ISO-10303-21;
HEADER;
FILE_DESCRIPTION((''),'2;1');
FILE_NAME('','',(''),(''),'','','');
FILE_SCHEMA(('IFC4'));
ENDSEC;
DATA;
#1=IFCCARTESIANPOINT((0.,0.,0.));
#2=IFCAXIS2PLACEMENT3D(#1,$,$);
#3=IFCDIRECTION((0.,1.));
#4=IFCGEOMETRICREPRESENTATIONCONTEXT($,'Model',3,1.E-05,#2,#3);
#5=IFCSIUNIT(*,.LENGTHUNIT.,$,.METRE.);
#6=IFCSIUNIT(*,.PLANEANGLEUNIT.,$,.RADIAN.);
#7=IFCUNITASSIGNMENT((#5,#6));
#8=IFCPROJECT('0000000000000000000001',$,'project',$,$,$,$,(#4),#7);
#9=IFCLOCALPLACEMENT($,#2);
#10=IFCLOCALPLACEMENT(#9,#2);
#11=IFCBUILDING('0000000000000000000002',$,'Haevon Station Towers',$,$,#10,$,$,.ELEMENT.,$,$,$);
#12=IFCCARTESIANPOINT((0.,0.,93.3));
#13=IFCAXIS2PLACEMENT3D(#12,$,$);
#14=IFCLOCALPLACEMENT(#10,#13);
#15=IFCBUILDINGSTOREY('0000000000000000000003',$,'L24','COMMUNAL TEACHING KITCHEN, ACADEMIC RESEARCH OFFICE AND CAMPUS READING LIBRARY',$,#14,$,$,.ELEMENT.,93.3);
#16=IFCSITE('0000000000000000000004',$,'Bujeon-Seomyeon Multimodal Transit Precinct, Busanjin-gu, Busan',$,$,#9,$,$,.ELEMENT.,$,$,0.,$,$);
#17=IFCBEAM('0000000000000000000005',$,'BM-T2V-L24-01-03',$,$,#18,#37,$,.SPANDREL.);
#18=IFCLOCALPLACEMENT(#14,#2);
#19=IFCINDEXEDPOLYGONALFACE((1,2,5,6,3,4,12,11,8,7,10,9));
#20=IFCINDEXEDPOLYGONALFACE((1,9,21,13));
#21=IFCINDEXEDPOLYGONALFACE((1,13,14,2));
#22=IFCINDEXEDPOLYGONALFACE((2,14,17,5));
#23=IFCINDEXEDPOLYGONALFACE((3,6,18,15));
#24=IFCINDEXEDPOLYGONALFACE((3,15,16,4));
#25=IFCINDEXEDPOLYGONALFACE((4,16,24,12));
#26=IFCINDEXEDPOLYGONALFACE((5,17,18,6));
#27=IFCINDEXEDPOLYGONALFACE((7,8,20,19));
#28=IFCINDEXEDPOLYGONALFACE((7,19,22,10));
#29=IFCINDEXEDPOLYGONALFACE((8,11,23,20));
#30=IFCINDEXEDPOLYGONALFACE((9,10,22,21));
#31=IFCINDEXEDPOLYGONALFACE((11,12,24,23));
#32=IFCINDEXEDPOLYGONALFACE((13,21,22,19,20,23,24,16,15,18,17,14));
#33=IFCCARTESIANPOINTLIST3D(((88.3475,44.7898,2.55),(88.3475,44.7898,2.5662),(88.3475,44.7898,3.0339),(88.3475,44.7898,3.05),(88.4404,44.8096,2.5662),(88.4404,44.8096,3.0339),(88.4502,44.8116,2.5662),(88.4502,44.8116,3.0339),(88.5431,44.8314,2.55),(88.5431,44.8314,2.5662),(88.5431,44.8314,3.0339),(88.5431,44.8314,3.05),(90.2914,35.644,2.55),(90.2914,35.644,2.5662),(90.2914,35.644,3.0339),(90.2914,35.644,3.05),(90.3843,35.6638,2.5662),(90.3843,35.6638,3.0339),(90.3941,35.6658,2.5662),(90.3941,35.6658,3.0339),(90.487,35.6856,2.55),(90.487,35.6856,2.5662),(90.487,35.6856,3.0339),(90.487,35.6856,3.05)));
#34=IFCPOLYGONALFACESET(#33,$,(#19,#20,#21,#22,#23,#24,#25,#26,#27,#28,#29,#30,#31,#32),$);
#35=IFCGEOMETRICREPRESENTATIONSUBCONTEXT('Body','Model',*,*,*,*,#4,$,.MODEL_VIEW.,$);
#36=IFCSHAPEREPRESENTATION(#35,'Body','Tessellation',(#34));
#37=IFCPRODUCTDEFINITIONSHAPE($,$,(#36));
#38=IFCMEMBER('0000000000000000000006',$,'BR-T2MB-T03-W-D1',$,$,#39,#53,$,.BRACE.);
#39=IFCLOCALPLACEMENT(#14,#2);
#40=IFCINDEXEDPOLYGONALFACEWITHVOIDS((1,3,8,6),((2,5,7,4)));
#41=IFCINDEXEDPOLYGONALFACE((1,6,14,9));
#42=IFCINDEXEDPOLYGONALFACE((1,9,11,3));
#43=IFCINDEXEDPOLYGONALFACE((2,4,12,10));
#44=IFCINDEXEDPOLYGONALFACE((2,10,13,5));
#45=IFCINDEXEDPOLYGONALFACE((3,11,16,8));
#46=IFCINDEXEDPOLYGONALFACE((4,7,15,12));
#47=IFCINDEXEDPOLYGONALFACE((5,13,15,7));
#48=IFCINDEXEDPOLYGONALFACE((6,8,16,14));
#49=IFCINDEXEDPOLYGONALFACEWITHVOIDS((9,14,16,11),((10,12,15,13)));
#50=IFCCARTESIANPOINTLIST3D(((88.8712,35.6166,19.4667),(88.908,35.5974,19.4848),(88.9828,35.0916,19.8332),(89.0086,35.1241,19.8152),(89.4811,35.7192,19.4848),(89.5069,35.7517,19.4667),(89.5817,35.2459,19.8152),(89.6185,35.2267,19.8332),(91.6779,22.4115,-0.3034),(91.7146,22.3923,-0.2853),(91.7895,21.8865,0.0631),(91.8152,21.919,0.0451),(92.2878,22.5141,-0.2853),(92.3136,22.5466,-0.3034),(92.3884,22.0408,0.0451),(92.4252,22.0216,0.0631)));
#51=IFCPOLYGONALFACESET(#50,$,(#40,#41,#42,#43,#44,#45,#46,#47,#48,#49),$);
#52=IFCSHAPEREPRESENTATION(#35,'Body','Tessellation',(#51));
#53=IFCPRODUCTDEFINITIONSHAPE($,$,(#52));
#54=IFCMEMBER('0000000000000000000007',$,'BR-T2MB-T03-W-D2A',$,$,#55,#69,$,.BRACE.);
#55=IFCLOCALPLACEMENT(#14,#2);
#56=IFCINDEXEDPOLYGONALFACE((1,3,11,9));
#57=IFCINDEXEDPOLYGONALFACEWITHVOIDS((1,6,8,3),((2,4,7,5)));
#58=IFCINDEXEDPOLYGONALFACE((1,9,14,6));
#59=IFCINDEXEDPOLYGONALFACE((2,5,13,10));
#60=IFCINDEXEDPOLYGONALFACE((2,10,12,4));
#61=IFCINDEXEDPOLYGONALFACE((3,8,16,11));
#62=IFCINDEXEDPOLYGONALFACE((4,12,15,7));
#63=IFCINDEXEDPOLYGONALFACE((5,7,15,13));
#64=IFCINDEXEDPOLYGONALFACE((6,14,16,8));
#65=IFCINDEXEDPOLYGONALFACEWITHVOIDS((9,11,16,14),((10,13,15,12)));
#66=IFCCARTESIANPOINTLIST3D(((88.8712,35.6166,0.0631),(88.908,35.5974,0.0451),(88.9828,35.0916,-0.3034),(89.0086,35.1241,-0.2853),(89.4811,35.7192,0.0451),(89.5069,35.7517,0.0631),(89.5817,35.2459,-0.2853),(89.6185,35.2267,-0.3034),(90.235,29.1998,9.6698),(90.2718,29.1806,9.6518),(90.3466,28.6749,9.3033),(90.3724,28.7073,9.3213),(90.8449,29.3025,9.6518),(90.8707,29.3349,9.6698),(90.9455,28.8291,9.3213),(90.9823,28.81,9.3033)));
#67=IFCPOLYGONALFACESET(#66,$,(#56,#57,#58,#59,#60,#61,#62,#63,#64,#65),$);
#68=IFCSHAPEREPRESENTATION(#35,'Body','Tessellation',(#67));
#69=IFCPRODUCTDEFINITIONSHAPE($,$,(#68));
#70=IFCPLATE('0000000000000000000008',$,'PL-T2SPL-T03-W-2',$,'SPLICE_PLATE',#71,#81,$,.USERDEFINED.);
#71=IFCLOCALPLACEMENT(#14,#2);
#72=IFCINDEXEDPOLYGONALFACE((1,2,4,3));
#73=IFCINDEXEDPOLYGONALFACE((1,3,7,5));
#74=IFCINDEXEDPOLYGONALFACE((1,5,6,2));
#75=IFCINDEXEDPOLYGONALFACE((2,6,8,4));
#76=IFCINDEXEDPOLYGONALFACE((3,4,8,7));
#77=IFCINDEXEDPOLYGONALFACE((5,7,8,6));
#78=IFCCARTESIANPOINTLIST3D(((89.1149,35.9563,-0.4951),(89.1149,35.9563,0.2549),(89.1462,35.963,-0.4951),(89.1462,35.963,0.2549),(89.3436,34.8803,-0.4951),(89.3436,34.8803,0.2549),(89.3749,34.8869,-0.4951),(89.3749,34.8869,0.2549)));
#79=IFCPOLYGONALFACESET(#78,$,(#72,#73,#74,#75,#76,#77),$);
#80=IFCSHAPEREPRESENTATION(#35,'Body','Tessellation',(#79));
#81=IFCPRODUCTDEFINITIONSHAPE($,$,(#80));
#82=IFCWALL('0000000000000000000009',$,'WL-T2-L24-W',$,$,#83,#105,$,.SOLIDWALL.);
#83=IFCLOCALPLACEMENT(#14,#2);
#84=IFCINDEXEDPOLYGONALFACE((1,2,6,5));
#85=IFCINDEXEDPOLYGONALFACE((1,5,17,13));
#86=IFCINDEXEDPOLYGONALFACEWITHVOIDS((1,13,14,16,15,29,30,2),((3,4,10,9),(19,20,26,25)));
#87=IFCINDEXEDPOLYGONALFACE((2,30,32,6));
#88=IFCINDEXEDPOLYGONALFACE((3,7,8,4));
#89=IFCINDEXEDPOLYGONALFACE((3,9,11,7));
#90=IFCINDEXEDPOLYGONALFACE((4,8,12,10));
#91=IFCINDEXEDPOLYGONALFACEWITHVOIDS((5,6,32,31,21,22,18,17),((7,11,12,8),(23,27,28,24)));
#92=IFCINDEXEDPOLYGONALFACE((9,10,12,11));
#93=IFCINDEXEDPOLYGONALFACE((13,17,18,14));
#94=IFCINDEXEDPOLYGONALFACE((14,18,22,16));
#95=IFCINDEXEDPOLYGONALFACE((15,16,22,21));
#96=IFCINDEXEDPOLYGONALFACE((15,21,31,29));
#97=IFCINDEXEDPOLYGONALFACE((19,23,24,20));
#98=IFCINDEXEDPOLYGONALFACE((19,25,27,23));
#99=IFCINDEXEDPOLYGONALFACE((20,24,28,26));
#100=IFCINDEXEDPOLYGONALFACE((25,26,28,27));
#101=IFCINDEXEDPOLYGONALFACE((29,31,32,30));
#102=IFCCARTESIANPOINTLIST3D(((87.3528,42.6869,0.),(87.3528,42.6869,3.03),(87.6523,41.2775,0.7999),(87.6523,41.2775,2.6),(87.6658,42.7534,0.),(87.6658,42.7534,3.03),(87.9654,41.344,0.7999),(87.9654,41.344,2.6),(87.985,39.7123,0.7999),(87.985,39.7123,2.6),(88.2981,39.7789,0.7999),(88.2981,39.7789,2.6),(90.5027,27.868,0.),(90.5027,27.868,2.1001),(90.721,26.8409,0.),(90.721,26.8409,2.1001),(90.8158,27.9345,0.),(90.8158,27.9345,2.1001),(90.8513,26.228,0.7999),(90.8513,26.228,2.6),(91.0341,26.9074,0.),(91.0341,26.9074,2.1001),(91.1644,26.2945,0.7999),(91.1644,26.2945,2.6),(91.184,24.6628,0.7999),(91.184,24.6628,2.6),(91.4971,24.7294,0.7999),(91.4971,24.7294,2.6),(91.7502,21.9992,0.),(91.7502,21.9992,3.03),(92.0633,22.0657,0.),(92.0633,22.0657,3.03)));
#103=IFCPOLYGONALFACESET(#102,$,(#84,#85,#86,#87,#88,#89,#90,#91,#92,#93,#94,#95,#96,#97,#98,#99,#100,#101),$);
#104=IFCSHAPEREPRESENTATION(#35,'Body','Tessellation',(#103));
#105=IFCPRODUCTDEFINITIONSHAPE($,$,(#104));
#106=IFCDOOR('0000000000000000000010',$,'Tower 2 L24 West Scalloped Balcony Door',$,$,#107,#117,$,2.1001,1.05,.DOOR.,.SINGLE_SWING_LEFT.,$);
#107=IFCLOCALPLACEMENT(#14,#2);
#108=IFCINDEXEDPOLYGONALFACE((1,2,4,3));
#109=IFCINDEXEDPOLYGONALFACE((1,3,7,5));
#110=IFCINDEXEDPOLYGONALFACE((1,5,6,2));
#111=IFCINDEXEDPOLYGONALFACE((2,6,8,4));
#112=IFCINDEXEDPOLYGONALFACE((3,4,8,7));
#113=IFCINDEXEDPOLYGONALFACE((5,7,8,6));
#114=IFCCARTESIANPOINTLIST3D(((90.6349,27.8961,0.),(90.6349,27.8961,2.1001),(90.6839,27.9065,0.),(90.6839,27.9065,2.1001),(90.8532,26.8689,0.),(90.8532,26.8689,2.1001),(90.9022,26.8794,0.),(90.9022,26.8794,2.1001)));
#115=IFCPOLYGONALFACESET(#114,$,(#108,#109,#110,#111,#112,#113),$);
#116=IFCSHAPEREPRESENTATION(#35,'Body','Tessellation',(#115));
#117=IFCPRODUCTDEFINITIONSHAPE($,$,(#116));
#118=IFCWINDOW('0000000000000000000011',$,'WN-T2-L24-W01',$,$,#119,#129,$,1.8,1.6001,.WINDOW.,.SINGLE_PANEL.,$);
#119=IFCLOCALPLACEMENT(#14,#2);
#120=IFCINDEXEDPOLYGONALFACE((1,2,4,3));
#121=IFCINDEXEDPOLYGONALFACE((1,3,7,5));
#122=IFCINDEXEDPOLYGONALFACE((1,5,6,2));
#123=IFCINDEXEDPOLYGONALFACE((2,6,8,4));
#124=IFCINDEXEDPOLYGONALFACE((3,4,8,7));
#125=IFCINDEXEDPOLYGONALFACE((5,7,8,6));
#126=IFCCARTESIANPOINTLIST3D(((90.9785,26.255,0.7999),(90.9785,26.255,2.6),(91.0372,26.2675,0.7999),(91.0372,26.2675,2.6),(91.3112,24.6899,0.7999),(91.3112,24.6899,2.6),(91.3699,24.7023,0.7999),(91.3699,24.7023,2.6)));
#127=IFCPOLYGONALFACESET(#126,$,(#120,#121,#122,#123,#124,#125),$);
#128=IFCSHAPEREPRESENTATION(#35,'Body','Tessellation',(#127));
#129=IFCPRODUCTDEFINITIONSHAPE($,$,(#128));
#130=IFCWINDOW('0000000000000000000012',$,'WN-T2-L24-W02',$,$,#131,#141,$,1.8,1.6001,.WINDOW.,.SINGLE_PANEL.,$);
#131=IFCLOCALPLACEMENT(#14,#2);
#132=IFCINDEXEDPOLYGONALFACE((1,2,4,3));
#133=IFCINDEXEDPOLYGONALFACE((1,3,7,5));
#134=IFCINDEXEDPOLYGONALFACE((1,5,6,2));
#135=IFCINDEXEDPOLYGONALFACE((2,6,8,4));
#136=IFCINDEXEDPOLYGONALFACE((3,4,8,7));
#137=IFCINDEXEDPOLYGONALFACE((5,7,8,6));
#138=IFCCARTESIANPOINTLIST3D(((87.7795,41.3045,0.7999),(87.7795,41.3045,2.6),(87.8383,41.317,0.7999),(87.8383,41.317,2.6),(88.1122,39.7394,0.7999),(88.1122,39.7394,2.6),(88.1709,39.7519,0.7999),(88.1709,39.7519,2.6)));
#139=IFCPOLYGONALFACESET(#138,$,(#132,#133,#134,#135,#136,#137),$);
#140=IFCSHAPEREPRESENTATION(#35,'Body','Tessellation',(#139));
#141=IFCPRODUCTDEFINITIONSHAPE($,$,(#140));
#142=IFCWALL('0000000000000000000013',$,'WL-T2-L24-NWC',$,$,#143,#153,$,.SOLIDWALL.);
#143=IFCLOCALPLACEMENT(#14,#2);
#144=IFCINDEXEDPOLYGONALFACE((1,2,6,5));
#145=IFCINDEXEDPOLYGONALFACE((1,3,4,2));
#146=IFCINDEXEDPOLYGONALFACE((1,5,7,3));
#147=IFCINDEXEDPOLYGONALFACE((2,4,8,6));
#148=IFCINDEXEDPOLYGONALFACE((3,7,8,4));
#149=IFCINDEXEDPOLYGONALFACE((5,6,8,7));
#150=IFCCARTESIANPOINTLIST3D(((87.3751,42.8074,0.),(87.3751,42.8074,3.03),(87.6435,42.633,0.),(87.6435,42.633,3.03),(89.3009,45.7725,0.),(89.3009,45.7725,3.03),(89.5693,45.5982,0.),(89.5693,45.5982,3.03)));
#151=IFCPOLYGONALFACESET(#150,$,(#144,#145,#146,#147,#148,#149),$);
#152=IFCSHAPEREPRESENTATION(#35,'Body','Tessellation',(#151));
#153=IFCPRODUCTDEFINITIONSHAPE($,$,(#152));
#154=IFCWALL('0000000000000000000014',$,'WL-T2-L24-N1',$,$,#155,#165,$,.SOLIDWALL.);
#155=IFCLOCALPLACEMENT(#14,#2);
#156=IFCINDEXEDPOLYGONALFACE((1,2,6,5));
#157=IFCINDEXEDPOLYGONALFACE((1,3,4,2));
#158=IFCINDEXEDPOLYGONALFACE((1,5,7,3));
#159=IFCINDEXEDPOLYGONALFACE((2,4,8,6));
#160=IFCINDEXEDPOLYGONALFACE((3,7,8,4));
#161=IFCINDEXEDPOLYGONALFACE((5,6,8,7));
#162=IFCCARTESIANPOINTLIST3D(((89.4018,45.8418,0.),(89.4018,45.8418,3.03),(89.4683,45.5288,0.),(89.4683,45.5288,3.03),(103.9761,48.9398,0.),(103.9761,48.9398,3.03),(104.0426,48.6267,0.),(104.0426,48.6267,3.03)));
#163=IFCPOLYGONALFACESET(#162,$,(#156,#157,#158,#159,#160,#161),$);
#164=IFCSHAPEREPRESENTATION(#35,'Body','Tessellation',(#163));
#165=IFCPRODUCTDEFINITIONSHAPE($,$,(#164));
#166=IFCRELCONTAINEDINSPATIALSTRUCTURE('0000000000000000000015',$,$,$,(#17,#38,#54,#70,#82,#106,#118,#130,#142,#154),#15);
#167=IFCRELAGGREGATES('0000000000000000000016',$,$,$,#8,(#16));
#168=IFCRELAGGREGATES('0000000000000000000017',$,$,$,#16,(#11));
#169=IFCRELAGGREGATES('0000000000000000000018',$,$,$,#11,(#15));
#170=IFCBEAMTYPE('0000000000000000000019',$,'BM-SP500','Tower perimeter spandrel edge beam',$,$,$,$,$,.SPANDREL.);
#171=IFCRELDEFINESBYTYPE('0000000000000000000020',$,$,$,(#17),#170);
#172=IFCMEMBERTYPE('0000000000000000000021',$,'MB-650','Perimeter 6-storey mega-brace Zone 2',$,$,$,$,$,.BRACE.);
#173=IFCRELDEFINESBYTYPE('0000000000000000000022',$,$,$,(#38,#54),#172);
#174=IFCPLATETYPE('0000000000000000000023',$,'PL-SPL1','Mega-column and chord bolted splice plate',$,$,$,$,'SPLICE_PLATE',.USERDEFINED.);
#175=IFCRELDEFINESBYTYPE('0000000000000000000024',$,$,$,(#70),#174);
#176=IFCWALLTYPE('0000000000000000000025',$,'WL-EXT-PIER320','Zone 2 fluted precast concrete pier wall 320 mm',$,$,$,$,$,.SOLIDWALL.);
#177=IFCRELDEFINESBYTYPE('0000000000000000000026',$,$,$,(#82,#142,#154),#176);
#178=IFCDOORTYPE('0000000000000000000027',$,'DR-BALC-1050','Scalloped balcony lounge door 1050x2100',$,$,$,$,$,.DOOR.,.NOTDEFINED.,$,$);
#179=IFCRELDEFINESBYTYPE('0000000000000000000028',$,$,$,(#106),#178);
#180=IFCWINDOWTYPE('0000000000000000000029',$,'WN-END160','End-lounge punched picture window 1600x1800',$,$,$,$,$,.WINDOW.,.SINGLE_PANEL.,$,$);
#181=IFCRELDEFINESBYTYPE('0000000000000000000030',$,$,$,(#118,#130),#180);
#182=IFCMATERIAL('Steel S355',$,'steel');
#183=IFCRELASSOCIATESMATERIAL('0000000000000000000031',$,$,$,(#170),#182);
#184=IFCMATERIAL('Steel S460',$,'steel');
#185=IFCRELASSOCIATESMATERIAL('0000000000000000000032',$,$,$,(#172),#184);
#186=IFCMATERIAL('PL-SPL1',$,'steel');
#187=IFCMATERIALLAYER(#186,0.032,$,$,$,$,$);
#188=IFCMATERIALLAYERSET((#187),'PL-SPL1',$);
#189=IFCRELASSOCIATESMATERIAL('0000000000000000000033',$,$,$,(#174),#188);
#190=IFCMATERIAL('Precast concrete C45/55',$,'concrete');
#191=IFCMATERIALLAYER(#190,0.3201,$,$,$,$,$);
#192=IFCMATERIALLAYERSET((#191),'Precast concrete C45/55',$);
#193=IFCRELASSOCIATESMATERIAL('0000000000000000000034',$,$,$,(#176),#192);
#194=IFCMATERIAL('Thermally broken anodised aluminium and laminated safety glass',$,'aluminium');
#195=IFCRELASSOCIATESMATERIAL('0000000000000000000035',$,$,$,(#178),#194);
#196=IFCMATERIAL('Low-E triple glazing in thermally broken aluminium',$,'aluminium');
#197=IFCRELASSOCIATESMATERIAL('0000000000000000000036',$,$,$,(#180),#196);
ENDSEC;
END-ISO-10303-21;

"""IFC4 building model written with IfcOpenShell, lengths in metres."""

from ifc_helpers import new_model, si_unit, direction, frame, frame_2d, origin, origin_2d, place, context, subcontext, project, spatial, rectangle, hollow_rectangle, i_section, extrude, material, layer, layer_set, material_profile, profile_set, type_object, element, fill, save


model = new_model("IFC4")

# Units and contexts
model_context = context("Model", 3, precision=1e-05, world=origin(), true_north=direction((0.0, 1.0)))
body_context = subcontext(model_context, "Body", "Model", "MODEL_VIEW")
ifc_project = project(units=[si_unit("LENGTHUNIT", "METRE"), si_unit("PLANEANGLEUNIT", "RADIAN")], contexts=[model_context])

# Site, building, storey
site_placement = place(None, origin())
site = spatial("IfcSite", under=ifc_project, at=site_placement, Name="Bujeon-Seomyeon Multimodal Transit Precinct, Busanjin-gu, Busan", CompositionType="ELEMENT", RefElevation=0.0)
building_placement = place(site_placement, origin())
building = spatial("IfcBuilding", under=site, at=building_placement, Name="Haevon Station Towers", CompositionType="ELEMENT")
storey_placement = place(building_placement, frame((0.0, 0.0, 93.3)))
storey = spatial("IfcBuildingStorey", under=building, at=storey_placement, Name="L24", Description="COMMUNAL TEACHING KITCHEN, ACADEMIC RESEARCH OFFICE AND CAMPUS READING LIBRARY", CompositionType="ELEMENT", Elevation=93.3)

# Shared definitions
ifc_material_1 = material(Name="Steel S460", Category="steel")

# Beam
ifc_material_2 = material(Name="Steel S355", Category="steel")
ifc_material_profile_1 = material_profile(ifc_material_2, i_section(OverallWidth=0.2, OverallDepth=0.5, WebThickness=0.01, FlangeThickness=0.0161, at=origin_2d()), Name="H-500x200x10x16")
ifc_profile_set_1 = profile_set([ifc_material_profile_1], Name="Steel S355")
beam_type_1 = type_object("IfcBeamType", Name="BM-SP500", Description="Tower perimeter spandrel edge beam", PredefinedType="SPANDREL", material=ifc_profile_set_1)
beam_1_placement = place(storey_placement, frame((90.3892, 35.6648, 2.8), z_axis=(-0.207897, 0.978151, 0.0), x_axis=(-0.978151, -0.207897, 0.0)))
element("IfcBeam", 1, at=beam_1_placement, inside=storey, type_object=beam_type_1, Name="BM-T2V-L24-01-03", PredefinedType="SPANDREL", context=body_context, shape_type="SweptSolid", body=[
    extrude(i_section(OverallWidth=0.2, OverallDepth=0.5, WebThickness=0.01, FlangeThickness=0.0161, at=origin_2d()), origin(), (0.0, 0.0, 1.0), 9.3501),
])

# Members
ifc_material_profile_2 = material_profile(ifc_material_1, hollow_rectangle(XDim=0.6499, YDim=0.6499, WallThickness=0.032, at=origin_2d()), Name="RHS-650x650x32")
ifc_profile_set_2 = profile_set([ifc_material_profile_2], Name="Steel S460")
member_type = type_object("IfcMemberType", Name="MB-650", Description="Perimeter 6-storey mega-brace Zone 2", PredefinedType="BRACE", material=ifc_profile_set_2)
member_1_placement = place(storey_placement, frame((92.0515, 22.2166, -0.1201), z_axis=(-0.117238, 0.5516, 0.825829), x_axis=(-0.97815, -0.207899, 0.0)))
element("IfcMember", 2, at=member_1_placement, inside=storey, type_object=member_type, Name="BR-T2MB-T03-W-D1", PredefinedType="BRACE", context=body_context, shape_type="SweptSolid", body=[
    extrude(hollow_rectangle(XDim=0.6499, YDim=0.6499, WallThickness=0.032, at=origin_2d()), origin(), (0.0, 0.0, 1.0), 23.9397),
])
member_2_placement = place(storey_placement, frame((89.2449, 35.4216, -0.1201), z_axis=(0.117234, -0.551606, 0.825825), x_axis=(0.978152, 0.207889, 0.0)))
element("IfcMember", 3, at=member_2_placement, inside=storey, type_object=member_type, Name="BR-T2MB-T03-W-D2A", PredefinedType="BRACE", context=body_context, shape_type="SweptSolid", body=[
    extrude(hollow_rectangle(XDim=0.6499, YDim=0.6499, WallThickness=0.032, at=origin_2d()), origin(), (0.0, 0.0, 1.0), 11.6328),
])

# Plate
ifc_material_3 = material(Name="PL-SPL1", Category="steel")
ifc_layer_1 = layer(ifc_material_3, 0.032)
ifc_layer_set_1 = layer_set([ifc_layer_1], Name="PL-SPL1")
plate_type = type_object("IfcPlateType", Name="PL-SPL1", Description="Mega-column and chord bolted splice plate", ElementType="SPLICE_PLATE", PredefinedType="USERDEFINED", material=ifc_layer_set_1)
plate_placement = place(storey_placement, frame((89.2449, 35.4216, -0.4951), z_axis=(0.0, 0.0, 1.0), x_axis=(-0.207912, 0.978148, 0.0)))
element("IfcPlate", 4, at=plate_placement, inside=storey, type_object=plate_type, Name="PL-T2SPL-T03-W-2", ObjectType="SPLICE_PLATE", PredefinedType="USERDEFINED", context=body_context, shape_type="SweptSolid", body=[
    extrude(rectangle(XDim=1.1001, YDim=0.032, at=origin_2d()), origin(), (0.0, 0.0, 1.0), 0.75),
])

# Wall, openings, door, windows
ifc_material_4 = material(Name="Precast concrete C45/55", Category="concrete")
ifc_layer_2 = layer(ifc_material_4, 0.3201)
ifc_layer_set_2 = layer_set([ifc_layer_2], Name="Precast concrete C45/55")
wall_type = type_object("IfcWallType", Name="WL-EXT-PIER320", Description="Zone 2 fluted precast concrete pier wall 320 mm", PredefinedType="SOLIDWALL", material=ifc_layer_set_2)
wall_1_placement = place(storey_placement, frame((91.9067, 22.0325, 0.0), z_axis=(0.0, 0.0, 1.0), x_axis=(-0.207918, 0.978146, 0.0)))
wall_1 = element("IfcWall", 5, at=wall_1_placement, inside=storey, type_object=wall_type, Name="WL-T2-L24-W", PredefinedType="SOLIDWALL", context=body_context, shape_type="SweptSolid", body=[
    extrude(rectangle(XDim=21.1499, YDim=0.3201, at=frame_2d((10.575, 0.0))), origin(), (0.0, 0.0, 1.0), 3.03),
])
opening_1_placement = place(wall_1_placement, frame((4.95, 0.0, 0.0)))
opening_1 = element("IfcOpeningElement", 6, at=opening_1_placement, cuts=wall_1, PredefinedType="OPENING", context=body_context, shape_type="SweptSolid", body=[
    extrude(rectangle(XDim=1.05, YDim=2.1001, at=frame_2d((0.5249, 1.05))), frame((0.0, 0.1699, 0.0), z_axis=(0.0, -1.0, 0.0), x_axis=(1.0, 0.0, 0.0)), (0.0, 0.0, 1.0), 0.3401),
])
opening_2_placement = place(wall_1_placement, frame((2.7231, 0.0, 0.8)))
opening_2 = element("IfcOpeningElement", 7, at=opening_2_placement, cuts=wall_1, PredefinedType="OPENING", context=body_context, shape_type="SweptSolid", body=[
    extrude(rectangle(XDim=1.6001, YDim=1.8, at=frame_2d((0.8, 0.8999))), frame((0.0, 0.1699, 0.0), z_axis=(0.0, -1.0, 0.0), x_axis=(1.0, 0.0, 0.0)), (0.0, 0.0, 1.0), 0.3401),
])
opening_3_placement = place(wall_1_placement, frame((18.1089, 0.0, 0.8)))
opening_3 = element("IfcOpeningElement", 8, at=opening_3_placement, cuts=wall_1, PredefinedType="OPENING", context=body_context, shape_type="SweptSolid", body=[
    extrude(rectangle(XDim=1.6001, YDim=1.8, at=frame_2d((0.8, 0.8999))), frame((0.0, 0.1699, 0.0), z_axis=(0.0, -1.0, 0.0), x_axis=(1.0, 0.0, 0.0)), (0.0, 0.0, 1.0), 0.3401),
])
ifc_material_5 = material(Name="Thermally broken anodised aluminium and laminated safety glass", Category="aluminium")
door_type = type_object("IfcDoorType", Name="DR-BALC-1050", Description="Scalloped balcony lounge door 1050x2100", OperationType="NOTDEFINED", PredefinedType="DOOR", material=ifc_material_5)
door_placement = place(opening_1_placement, origin())
door = element("IfcDoor", 9, at=door_placement, inside=storey, type_object=door_type, Name="Tower 2 L24 West Scalloped Balcony Door", OperationType="SINGLE_SWING_LEFT", OverallHeight=2.1001, OverallWidth=1.05, PredefinedType="DOOR", context=body_context, shape_type="SweptSolid", body=[
    extrude(rectangle(XDim=1.05, YDim=2.1001, at=frame_2d((0.5249, 1.05))), frame((0.0, 0.0249, 0.0), z_axis=(0.0, -1.0, 0.0), x_axis=(1.0, 0.0, 0.0)), (0.0, 0.0, 1.0), 0.05),
])
fill(opening_1, door)
ifc_material_6 = material(Name="Low-E triple glazing in thermally broken aluminium", Category="aluminium")
window_type = type_object("IfcWindowType", Name="WN-END160", Description="End-lounge punched picture window 1600x1800", PartitioningType="SINGLE_PANEL", PredefinedType="WINDOW", material=ifc_material_6)
window_1_placement = place(opening_2_placement, origin())
window_1 = element("IfcWindow", 10, at=window_1_placement, inside=storey, type_object=window_type, Name="WN-T2-L24-W01", OverallHeight=1.8, OverallWidth=1.6001, PartitioningType="SINGLE_PANEL", PredefinedType="WINDOW", context=body_context, shape_type="SweptSolid", body=[
    extrude(rectangle(XDim=1.6001, YDim=1.8, at=frame_2d((0.8, 0.8999))), frame((0.0, 0.03, 0.0), z_axis=(0.0, -1.0, 0.0), x_axis=(1.0, 0.0, 0.0)), (0.0, 0.0, 1.0), 0.0601),
])
fill(opening_2, window_1)
window_2_placement = place(opening_3_placement, origin())
window_2 = element("IfcWindow", 11, at=window_2_placement, inside=storey, type_object=window_type, Name="WN-T2-L24-W02", OverallHeight=1.8, OverallWidth=1.6001, PartitioningType="SINGLE_PANEL", PredefinedType="WINDOW", context=body_context, shape_type="SweptSolid", body=[
    extrude(rectangle(XDim=1.6001, YDim=1.8, at=frame_2d((0.8, 0.8999))), frame((0.0, 0.03, 0.0), z_axis=(0.0, -1.0, 0.0), x_axis=(1.0, 0.0, 0.0)), (0.0, 0.0, 1.0), 0.0601),
])
fill(opening_3, window_2)

# Walls
wall_2_placement = place(storey_placement, frame((87.5093, 42.7202, 0.0), z_axis=(0.0, 0.0, 1.0), x_axis=(0.544685, 0.838641, 0.0)))
element("IfcWall", 12, at=wall_2_placement, inside=storey, type_object=wall_type, Name="WL-T2-L24-NWC", PredefinedType="SOLIDWALL", context=body_context, shape_type="SweptSolid", body=[
    extrude(rectangle(XDim=3.5356, YDim=0.3201, at=frame_2d((1.7678, 0.0))), origin(), (0.0, 0.0, 1.0), 3.03),
])
wall_3_placement = place(storey_placement, frame((89.4351, 45.6853, 0.0), z_axis=(0.0, 0.0, 1.0), x_axis=(0.978147, 0.207915, 0.0)))
element("IfcWall", 13, at=wall_3_placement, inside=storey, type_object=wall_type, Name="WL-T2-L24-N1", PredefinedType="SOLIDWALL", context=body_context, shape_type="SweptSolid", body=[
    extrude(rectangle(XDim=14.8999, YDim=0.3201, at=frame_2d((7.45, 0.0))), origin(), (0.0, 0.0, 1.0), 3.03),
])

save(model, "model.ifc")
